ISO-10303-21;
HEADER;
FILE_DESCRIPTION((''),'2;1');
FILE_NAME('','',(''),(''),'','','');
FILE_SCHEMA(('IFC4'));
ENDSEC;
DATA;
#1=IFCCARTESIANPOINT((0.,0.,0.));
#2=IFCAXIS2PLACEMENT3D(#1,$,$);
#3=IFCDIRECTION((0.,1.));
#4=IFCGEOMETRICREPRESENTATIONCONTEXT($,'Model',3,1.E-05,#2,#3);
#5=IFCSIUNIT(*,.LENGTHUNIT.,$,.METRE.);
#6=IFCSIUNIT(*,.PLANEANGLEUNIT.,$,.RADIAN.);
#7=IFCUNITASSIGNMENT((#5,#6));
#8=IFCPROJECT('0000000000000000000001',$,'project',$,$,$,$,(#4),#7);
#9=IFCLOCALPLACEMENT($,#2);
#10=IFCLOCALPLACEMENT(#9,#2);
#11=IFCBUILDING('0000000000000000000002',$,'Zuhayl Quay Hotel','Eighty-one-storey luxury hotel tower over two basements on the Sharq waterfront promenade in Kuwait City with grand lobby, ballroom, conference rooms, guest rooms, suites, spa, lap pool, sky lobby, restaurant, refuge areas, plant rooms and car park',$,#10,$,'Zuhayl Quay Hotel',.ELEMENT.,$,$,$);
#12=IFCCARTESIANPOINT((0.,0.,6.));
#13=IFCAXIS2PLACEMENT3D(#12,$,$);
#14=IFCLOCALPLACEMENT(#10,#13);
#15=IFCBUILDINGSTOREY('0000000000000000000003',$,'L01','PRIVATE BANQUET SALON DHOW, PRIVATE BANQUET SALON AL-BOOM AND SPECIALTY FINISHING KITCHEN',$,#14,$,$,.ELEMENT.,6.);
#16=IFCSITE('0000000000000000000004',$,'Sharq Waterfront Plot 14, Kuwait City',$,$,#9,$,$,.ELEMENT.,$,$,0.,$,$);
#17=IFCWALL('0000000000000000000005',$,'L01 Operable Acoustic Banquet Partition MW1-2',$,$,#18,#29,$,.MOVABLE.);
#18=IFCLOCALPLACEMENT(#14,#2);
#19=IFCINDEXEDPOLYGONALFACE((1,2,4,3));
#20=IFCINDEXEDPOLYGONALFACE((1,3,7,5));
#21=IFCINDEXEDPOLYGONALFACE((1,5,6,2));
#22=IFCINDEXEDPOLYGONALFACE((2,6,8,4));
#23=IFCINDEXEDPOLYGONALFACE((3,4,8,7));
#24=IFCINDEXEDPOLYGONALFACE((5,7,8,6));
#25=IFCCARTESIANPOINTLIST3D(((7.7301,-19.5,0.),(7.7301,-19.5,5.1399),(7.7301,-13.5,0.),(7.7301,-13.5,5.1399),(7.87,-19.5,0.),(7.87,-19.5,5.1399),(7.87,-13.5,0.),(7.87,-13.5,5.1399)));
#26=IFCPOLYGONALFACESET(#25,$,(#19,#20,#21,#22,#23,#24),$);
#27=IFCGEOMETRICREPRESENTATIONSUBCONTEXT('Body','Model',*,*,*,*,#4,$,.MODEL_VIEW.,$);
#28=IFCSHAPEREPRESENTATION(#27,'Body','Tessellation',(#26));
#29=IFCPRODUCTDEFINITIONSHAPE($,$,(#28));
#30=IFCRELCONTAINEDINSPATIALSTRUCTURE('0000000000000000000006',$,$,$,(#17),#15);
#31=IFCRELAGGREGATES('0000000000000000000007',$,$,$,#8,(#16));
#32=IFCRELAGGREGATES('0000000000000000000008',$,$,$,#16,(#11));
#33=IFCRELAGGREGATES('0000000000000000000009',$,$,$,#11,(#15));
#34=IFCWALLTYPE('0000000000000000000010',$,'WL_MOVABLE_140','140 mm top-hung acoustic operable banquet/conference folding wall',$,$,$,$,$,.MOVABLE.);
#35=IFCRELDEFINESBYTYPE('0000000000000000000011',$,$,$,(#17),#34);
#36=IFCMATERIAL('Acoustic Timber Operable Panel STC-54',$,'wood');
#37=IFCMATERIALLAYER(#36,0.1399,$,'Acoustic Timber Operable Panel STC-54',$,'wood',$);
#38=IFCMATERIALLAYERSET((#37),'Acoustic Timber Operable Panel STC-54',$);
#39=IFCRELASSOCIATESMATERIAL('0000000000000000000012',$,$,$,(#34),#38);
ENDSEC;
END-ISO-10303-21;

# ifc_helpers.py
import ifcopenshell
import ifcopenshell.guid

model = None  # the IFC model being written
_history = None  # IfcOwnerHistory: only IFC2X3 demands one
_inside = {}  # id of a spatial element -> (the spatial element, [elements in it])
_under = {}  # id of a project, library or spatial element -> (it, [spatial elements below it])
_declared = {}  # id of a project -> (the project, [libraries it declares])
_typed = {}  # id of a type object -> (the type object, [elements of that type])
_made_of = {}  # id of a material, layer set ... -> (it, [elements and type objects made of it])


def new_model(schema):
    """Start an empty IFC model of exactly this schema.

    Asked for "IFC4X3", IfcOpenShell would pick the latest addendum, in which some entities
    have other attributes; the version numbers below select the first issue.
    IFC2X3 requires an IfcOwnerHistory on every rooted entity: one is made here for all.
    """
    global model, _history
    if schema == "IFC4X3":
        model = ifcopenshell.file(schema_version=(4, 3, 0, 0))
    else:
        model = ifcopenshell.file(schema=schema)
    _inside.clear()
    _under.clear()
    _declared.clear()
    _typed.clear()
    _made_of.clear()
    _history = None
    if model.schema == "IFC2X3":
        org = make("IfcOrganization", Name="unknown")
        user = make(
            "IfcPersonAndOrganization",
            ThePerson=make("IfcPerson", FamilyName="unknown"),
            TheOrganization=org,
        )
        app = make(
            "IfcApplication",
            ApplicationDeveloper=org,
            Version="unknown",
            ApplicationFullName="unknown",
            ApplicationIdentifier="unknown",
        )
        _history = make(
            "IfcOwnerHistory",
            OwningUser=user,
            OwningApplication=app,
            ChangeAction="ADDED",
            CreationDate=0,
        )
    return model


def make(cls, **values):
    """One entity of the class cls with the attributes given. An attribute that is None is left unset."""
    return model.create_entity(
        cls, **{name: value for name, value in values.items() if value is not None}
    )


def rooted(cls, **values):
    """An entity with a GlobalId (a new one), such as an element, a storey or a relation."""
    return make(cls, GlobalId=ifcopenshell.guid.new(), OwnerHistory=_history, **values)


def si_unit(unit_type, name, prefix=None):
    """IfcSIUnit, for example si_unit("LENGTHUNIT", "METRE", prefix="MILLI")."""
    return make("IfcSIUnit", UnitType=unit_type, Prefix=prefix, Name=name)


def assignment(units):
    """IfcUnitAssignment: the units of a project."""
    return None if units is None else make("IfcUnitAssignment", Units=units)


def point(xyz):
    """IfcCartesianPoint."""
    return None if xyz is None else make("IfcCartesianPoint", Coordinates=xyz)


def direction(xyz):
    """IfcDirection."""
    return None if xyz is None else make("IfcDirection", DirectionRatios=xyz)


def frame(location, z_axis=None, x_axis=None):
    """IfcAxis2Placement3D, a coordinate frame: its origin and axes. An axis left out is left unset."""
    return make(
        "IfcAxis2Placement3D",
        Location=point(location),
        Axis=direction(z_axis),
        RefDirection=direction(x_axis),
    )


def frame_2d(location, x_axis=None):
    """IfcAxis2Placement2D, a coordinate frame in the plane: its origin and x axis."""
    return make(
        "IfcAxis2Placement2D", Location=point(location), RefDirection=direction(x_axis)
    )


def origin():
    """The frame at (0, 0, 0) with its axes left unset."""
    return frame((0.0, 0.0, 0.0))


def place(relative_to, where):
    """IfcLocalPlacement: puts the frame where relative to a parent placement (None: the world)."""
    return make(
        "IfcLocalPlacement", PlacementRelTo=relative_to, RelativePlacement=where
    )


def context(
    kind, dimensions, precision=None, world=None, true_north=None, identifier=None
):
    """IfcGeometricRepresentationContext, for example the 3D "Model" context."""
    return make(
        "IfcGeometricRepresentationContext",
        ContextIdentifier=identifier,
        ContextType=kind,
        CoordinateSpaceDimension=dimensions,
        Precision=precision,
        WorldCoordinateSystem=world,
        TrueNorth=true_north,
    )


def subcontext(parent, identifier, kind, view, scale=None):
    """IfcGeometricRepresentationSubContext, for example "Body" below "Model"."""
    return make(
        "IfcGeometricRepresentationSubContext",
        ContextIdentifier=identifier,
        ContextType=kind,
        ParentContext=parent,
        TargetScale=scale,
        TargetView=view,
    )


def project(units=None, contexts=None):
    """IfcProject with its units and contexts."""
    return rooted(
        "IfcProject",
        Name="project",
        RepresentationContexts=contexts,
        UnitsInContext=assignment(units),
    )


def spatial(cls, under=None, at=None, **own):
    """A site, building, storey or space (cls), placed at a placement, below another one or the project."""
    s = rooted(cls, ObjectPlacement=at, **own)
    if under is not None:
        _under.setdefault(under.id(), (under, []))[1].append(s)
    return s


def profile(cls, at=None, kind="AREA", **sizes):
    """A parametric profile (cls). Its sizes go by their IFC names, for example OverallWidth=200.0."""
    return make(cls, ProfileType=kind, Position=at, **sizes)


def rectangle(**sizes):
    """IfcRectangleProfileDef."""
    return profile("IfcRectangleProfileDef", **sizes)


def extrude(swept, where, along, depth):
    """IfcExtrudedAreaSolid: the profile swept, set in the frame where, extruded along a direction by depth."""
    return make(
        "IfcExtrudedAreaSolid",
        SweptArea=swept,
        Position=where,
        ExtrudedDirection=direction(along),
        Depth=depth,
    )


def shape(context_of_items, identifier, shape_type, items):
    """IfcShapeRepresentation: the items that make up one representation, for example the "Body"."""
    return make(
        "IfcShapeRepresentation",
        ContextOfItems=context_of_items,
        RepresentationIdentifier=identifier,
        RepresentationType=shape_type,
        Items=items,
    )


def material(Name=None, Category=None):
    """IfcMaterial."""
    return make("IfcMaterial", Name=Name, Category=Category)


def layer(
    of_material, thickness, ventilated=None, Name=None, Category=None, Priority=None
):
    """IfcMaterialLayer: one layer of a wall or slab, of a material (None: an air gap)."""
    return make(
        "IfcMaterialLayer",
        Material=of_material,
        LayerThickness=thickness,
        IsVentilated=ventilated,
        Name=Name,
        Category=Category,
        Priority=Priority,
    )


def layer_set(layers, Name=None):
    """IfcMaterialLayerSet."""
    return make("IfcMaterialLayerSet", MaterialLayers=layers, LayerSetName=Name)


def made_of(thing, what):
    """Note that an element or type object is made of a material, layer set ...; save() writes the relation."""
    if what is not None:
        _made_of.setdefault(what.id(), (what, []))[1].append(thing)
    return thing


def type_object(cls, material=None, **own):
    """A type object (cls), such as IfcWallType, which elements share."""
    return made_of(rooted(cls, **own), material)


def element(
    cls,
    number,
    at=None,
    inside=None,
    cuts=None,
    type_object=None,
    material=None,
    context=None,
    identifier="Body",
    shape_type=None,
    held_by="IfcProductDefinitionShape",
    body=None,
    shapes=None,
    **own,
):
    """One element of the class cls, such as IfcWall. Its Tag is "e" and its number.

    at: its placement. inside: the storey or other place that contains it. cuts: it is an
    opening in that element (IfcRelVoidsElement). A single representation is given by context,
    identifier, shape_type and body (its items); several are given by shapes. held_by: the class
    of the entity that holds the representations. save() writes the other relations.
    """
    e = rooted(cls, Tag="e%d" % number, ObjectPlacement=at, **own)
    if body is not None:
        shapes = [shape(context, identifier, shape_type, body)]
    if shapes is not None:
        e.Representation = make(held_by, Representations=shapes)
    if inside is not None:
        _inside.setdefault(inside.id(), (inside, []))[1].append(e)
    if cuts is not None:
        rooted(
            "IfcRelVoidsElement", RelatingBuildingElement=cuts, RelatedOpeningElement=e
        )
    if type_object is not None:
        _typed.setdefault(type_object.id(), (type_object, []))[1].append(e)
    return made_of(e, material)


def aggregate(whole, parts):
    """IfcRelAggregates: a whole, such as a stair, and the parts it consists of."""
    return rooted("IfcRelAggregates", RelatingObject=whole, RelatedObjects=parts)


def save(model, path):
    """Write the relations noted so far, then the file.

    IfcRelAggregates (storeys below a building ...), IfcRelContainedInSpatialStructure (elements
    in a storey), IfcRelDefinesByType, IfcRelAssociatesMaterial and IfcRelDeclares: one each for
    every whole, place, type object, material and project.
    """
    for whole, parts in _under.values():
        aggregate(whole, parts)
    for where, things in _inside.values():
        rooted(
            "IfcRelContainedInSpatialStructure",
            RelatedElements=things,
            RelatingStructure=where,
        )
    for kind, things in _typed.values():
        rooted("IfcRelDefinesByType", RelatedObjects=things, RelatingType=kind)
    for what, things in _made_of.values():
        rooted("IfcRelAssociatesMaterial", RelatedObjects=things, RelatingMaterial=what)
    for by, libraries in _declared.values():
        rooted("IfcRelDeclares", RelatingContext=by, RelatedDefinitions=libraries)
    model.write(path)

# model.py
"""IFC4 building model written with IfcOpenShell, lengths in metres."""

from ifc_helpers import new_model, si_unit, direction, frame, frame_2d, origin, place, context, subcontext, project, spatial, rectangle, extrude, material, layer, layer_set, type_object, element, save


model = new_model("IFC4")

# Units and contexts
model_context = context("Model", 3, precision=1e-05, world=origin(), true_north=direction((0.0, 1.0)))
body_context = subcontext(model_context, "Body", "Model", "MODEL_VIEW")
ifc_project = project(units=[si_unit("LENGTHUNIT", "METRE"), si_unit("PLANEANGLEUNIT", "RADIAN")], contexts=[model_context])

# Site, building, storey
site_placement = place(None, origin())
site = spatial("IfcSite", under=ifc_project, at=site_placement, Name="Sharq Waterfront Plot 14, Kuwait City", CompositionType="ELEMENT", RefElevation=0.0)
building_placement = place(site_placement, origin())
building = spatial("IfcBuilding", under=site, at=building_placement, Name="Zuhayl Quay Hotel", Description="Eighty-one-storey luxury hotel tower over two basements on the Sharq waterfront promenade in Kuwait City with grand lobby, ballroom, conference rooms, guest rooms, suites, spa, lap pool, sky lobby, restaurant, refuge areas, plant rooms and car park", LongName="Zuhayl Quay Hotel", CompositionType="ELEMENT")
storey_placement = place(building_placement, frame((0.0, 0.0, 6.0)))
storey = spatial("IfcBuildingStorey", under=building, at=storey_placement, Name="L01", Description="PRIVATE BANQUET SALON DHOW, PRIVATE BANQUET SALON AL-BOOM AND SPECIALTY FINISHING KITCHEN", CompositionType="ELEMENT", Elevation=6.0)

# Wall
ifc_material_1 = material(Name="Acoustic Timber Operable Panel STC-54", Category="wood")
ifc_layer_1 = layer(ifc_material_1, 0.1399, Name="Acoustic Timber Operable Panel STC-54", Category="wood")
ifc_layer_set_1 = layer_set([ifc_layer_1], Name="Acoustic Timber Operable Panel STC-54")
wall_type = type_object("IfcWallType", Name="WL_MOVABLE_140", Description="140 mm top-hung acoustic operable banquet/conference folding wall", PredefinedType="MOVABLE", material=ifc_layer_set_1)
wall_placement = place(storey_placement, frame((7.8, -19.5, 0.0), z_axis=(0.0, 0.0, 1.0), x_axis=(0.0, 1.0, 0.0)))
element("IfcWall", 1, at=wall_placement, inside=storey, type_object=wall_type, Name="L01 Operable Acoustic Banquet Partition MW1-2", PredefinedType="MOVABLE", context=body_context, shape_type="SweptSolid", body=[
    extrude(rectangle(XDim=6.0, YDim=0.1399, at=frame_2d((3.0, 0.0))), origin(), (0.0, 0.0, 1.0), 5.1399),
])

save(model, "model.ifc")
